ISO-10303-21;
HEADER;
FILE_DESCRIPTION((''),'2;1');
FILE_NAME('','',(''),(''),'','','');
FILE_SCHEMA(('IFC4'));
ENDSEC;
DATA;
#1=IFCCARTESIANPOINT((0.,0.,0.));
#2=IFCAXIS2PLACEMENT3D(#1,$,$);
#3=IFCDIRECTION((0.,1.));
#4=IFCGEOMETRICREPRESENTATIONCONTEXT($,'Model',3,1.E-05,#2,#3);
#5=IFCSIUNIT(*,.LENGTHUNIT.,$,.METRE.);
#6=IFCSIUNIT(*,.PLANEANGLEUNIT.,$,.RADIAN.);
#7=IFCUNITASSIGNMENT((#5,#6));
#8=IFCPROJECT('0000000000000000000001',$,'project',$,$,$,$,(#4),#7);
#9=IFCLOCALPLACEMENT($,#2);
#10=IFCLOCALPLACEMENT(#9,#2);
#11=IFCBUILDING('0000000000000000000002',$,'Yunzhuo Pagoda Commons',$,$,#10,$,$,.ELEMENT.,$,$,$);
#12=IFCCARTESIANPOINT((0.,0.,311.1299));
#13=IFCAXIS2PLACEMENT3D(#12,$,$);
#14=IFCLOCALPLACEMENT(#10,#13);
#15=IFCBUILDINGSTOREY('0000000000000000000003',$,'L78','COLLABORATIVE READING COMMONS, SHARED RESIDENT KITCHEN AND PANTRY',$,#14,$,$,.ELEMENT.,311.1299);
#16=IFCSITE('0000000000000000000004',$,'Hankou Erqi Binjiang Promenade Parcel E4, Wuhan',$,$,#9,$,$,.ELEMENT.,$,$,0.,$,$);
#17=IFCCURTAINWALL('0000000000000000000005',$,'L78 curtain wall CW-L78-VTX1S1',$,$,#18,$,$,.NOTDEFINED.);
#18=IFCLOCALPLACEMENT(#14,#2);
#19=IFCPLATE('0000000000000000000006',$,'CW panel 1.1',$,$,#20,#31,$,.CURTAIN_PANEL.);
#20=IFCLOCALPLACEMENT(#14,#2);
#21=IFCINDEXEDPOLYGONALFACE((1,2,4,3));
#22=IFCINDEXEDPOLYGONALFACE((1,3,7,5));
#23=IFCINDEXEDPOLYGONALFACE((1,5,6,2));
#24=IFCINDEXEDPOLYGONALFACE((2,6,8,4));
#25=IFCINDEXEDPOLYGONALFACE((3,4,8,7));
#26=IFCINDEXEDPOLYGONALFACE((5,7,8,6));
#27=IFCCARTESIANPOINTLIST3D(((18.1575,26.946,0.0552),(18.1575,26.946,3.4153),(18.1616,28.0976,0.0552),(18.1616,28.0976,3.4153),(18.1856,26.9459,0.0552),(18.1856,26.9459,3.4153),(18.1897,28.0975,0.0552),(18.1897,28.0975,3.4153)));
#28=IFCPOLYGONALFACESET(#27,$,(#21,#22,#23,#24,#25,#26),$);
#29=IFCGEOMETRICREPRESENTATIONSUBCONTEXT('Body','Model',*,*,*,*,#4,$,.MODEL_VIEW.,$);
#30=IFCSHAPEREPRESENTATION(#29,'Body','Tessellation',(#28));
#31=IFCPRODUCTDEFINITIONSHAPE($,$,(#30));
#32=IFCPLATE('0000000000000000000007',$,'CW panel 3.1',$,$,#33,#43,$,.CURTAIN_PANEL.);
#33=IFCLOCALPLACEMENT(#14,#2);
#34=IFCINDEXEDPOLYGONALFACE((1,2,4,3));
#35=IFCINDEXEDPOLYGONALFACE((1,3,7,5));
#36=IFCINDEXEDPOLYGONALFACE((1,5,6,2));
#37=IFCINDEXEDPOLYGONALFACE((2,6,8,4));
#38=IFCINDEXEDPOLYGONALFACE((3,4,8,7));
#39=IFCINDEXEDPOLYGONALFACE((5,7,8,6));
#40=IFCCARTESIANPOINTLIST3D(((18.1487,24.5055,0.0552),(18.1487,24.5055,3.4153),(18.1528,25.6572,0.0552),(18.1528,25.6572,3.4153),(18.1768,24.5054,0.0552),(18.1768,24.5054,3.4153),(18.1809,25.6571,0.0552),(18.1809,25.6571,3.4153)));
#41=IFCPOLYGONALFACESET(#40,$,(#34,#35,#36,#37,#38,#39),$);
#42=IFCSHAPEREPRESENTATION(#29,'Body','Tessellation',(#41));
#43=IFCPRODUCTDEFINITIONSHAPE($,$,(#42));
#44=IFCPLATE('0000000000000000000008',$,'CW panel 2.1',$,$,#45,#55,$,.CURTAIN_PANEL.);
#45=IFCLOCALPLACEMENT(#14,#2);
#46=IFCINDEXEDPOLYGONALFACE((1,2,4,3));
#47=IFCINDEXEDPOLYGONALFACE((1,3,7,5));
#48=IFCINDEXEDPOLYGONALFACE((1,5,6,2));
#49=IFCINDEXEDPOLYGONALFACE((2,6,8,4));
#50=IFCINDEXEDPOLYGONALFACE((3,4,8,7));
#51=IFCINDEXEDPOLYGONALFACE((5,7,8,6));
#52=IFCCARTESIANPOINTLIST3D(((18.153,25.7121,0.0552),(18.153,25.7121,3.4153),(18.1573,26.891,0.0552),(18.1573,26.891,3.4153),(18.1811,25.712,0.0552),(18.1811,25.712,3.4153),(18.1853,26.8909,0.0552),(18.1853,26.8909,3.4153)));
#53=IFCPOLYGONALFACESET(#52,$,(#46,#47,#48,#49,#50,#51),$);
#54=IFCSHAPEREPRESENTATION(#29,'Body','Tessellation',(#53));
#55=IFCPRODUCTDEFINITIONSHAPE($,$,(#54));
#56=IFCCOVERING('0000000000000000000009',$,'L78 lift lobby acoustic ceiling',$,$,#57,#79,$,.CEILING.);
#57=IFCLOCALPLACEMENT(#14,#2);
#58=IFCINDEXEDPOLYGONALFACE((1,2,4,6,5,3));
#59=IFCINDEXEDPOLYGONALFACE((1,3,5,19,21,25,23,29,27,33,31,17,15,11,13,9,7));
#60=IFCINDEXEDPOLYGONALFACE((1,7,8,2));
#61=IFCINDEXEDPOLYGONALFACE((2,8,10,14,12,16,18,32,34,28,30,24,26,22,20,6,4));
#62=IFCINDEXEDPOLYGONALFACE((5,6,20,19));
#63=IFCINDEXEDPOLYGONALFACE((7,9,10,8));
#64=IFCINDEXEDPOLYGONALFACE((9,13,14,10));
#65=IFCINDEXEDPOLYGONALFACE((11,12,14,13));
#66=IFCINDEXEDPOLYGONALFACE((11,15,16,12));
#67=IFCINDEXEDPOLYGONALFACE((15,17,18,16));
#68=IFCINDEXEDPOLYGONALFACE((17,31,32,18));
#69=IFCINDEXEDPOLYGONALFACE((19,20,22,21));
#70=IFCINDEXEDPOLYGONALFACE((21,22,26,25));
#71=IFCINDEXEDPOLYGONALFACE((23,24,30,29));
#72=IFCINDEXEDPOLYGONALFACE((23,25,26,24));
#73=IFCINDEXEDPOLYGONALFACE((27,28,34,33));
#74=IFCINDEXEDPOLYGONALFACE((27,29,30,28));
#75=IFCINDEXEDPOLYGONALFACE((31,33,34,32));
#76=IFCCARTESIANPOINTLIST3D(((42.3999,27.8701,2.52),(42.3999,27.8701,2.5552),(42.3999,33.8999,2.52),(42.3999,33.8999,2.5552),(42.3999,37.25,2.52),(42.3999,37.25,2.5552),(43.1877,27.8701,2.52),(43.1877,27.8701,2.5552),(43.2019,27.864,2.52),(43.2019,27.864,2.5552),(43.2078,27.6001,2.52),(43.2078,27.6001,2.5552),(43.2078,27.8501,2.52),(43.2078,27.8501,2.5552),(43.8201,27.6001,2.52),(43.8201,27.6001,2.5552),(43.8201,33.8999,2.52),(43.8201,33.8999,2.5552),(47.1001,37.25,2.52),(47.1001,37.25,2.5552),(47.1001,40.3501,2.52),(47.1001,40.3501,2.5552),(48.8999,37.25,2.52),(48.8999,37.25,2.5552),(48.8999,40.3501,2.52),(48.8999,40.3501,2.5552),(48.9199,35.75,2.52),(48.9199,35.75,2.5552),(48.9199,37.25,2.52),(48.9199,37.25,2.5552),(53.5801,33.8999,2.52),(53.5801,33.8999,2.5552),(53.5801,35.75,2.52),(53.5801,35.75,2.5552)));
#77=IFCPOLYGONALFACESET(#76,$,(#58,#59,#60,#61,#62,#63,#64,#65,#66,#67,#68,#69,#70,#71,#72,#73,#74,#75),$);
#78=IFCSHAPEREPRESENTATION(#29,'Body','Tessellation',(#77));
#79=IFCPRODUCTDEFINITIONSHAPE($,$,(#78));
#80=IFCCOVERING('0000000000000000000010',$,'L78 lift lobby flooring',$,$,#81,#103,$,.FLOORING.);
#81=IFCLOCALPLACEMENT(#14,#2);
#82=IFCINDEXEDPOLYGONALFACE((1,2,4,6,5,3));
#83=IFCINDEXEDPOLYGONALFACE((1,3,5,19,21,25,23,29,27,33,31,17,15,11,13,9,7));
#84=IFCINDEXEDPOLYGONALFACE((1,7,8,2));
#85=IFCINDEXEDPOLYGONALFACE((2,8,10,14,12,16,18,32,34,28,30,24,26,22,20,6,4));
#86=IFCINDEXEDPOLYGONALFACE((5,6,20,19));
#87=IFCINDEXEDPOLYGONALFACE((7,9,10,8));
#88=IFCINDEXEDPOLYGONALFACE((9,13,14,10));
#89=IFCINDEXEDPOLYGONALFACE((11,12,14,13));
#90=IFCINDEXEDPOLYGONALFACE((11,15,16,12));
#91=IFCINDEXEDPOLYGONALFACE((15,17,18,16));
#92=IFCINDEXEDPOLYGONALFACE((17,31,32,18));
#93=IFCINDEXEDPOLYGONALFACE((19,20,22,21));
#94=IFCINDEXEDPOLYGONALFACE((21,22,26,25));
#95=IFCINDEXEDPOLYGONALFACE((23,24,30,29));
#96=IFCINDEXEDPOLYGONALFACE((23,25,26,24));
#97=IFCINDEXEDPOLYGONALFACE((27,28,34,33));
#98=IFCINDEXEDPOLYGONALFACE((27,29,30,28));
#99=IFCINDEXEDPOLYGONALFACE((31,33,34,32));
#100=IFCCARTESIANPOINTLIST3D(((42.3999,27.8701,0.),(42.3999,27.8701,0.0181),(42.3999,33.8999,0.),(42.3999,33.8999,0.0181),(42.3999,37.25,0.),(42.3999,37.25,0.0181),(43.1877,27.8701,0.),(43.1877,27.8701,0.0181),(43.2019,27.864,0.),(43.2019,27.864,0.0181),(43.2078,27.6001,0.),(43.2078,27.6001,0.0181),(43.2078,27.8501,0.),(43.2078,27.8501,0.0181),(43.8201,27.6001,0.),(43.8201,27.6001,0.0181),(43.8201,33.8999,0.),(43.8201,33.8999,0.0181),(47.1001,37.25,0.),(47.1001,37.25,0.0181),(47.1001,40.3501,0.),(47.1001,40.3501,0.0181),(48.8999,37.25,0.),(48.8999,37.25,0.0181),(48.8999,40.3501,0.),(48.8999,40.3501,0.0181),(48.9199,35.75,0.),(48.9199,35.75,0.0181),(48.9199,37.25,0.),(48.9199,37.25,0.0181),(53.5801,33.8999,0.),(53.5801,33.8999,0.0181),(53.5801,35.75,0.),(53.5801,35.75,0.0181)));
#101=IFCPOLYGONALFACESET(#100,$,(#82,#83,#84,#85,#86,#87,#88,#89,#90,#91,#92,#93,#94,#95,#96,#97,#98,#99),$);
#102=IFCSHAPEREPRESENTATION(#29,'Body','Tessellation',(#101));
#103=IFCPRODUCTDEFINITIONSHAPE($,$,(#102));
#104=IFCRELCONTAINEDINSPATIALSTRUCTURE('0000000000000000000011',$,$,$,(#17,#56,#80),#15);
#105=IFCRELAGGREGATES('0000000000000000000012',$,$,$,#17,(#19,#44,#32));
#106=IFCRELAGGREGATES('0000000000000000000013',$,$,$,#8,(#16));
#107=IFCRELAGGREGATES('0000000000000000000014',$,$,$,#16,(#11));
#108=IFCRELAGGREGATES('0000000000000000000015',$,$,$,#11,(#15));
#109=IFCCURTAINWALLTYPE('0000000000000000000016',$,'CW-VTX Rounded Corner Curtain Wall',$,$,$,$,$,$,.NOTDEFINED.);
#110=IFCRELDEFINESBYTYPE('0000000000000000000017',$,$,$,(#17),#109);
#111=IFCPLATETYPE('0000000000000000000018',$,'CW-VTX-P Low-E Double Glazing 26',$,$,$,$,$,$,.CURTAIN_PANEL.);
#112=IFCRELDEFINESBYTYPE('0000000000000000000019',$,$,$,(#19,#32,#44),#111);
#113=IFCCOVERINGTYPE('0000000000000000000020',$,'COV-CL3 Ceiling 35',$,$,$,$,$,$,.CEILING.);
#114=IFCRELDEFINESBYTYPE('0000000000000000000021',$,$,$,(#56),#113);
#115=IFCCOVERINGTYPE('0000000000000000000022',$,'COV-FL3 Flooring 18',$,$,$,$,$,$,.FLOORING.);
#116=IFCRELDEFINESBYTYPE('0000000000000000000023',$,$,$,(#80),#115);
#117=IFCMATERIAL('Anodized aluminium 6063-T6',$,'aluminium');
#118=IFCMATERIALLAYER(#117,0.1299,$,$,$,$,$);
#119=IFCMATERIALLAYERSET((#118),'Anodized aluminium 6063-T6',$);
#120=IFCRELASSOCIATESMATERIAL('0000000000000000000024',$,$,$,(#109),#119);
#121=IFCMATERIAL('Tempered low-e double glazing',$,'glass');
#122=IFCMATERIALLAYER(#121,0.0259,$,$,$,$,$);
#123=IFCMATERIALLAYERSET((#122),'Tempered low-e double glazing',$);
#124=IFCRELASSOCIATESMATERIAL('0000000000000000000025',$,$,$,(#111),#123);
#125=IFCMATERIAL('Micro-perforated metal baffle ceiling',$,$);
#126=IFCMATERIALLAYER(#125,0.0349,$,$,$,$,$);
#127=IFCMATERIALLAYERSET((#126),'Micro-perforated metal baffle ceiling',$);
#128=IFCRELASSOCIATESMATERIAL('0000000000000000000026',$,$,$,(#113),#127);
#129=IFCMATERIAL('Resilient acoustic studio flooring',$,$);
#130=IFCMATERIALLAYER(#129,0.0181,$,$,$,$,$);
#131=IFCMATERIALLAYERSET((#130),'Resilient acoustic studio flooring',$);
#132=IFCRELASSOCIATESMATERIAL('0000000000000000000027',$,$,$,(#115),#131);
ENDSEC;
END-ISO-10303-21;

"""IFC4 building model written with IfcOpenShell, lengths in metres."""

from ifc_helpers import new_model, si_unit, direction, frame, origin, origin_2d, place, context, subcontext, project, spatial, polyline, rectangle, outline, extrude, source, transform, mapped, material, layer, layer_set, type_object, element, aggregate, save


model = new_model("IFC4")

# Units and contexts
model_context = context("Model", 3, precision=1e-05, world=origin(), true_north=direction((0.0, 1.0)))
body_context = subcontext(model_context, "Body", "Model", "MODEL_VIEW")
ifc_project = project(units=[si_unit("LENGTHUNIT", "METRE"), si_unit("PLANEANGLEUNIT", "RADIAN")], contexts=[model_context])

# Site, building, storey
site_placement = place(None, origin())
site = spatial("IfcSite", under=ifc_project, at=site_placement, Name="Hankou Erqi Binjiang Promenade Parcel E4, Wuhan", CompositionType="ELEMENT", RefElevation=0.0)
building_placement = place(site_placement, origin())
building = spatial("IfcBuilding", under=site, at=building_placement, Name="Yunzhuo Pagoda Commons", CompositionType="ELEMENT")
storey_placement = place(building_placement, frame((0.0, 0.0, 311.1299)))
storey = spatial("IfcBuildingStorey", under=building, at=storey_placement, Name="L78", Description="COLLABORATIVE READING COMMONS, SHARED RESIDENT KITCHEN AND PANTRY", CompositionType="ELEMENT", Elevation=311.1299)

# Shared definitions
ifc_material_1 = material(Name="Anodized aluminium 6063-T6", Category="aluminium")

# Curtain wall
ifc_layer_1 = layer(ifc_material_1, 0.1299)
ifc_layer_set_1 = layer_set([ifc_layer_1], Name="Anodized aluminium 6063-T6")
curtain_wall_type_1 = type_object("IfcCurtainWallType", Name="CW-VTX Rounded Corner Curtain Wall", PredefinedType="NOTDEFINED", material=ifc_layer_set_1)
curtain_wall_1_placement = place(storey_placement, origin())
curtain_wall_1 = element("IfcCurtainWall", 1, at=curtain_wall_1_placement, inside=storey, type_object=curtain_wall_type_1, Name="L78 curtain wall CW-L78-VTX1S1", PredefinedType="NOTDEFINED")

# Plates
ifc_material_2 = material(Name="Tempered low-e double glazing", Category="glass")
ifc_layer_2 = layer(ifc_material_2, 0.0259)
ifc_layer_set_2 = layer_set([ifc_layer_2], Name="Tempered low-e double glazing")
plate_type = type_object("IfcPlateType", Name="CW-VTX-P Low-E Double Glazing 26", PredefinedType="CURTAIN_PANEL", material=ifc_layer_set_2)
shared_shape_1 = source(origin(), body_context, "Body", "SweptSolid", [
    extrude(rectangle(XDim=1.1516, YDim=0.0281, at=origin_2d()), origin(), (0.0, 0.0, 1.0), 3.3601),
])
plate_1_placement = place(storey_placement, frame((18.1736, 27.5217, 0.0552), z_axis=(0.0, 0.0, 1.0), x_axis=(-0.003592, -0.999994, 0.0)))
plate_1 = element("IfcPlate", 2, at=plate_1_placement, type_object=plate_type, Name="CW panel 1.1", PredefinedType="CURTAIN_PANEL", context=body_context, shape_type="MappedRepresentation", body=[
    mapped(shared_shape_1, transform((0.0, 0.0, 0.0), scale=1.0)),
])
plate_2_placement = place(storey_placement, frame((18.1648, 25.0813, 0.0552), z_axis=(0.0, 0.0, 1.0), x_axis=(-0.003592, -0.999994, 0.0)))
plate_2 = element("IfcPlate", 3, at=plate_2_placement, type_object=plate_type, Name="CW panel 3.1", PredefinedType="CURTAIN_PANEL", context=body_context, shape_type="MappedRepresentation", body=[
    mapped(shared_shape_1, transform((0.0, 0.0, 0.0), scale=1.0)),
])
shared_shape_2 = source(origin(), body_context, "Body", "SweptSolid", [
    extrude(rectangle(XDim=1.179, YDim=0.0281, at=origin_2d()), origin(), (0.0, 0.0, 1.0), 3.3601),
])
plate_3_placement = place(storey_placement, frame((18.1692, 26.3015, 0.0552), z_axis=(0.0, 0.0, 1.0), x_axis=(-0.003592, -0.999994, 0.0)))
plate_3 = element("IfcPlate", 4, at=plate_3_placement, type_object=plate_type, Name="CW panel 2.1", PredefinedType="CURTAIN_PANEL", context=body_context, shape_type="MappedRepresentation", body=[
    mapped(shared_shape_2, transform((0.0, 0.0, 0.0), scale=1.0)),
])
aggregate(curtain_wall_1, [plate_1, plate_3, plate_2])

# Coverings
ifc_material_3 = material(Name="Micro-perforated metal baffle ceiling")
ifc_layer_3 = layer(ifc_material_3, 0.0349)
ifc_layer_set_3 = layer_set([ifc_layer_3], Name="Micro-perforated metal baffle ceiling")
covering_type_1 = type_object("IfcCoveringType", Name="COV-CL3 Ceiling 35", PredefinedType="CEILING", material=ifc_layer_set_3)
covering_1_placement = place(storey_placement, frame((0.0, 0.0, 2.52)))
element("IfcCovering", 5, at=covering_1_placement, inside=storey, type_object=covering_type_1, Name="L78 lift lobby acoustic ceiling", PredefinedType="CEILING", context=body_context, shape_type="SweptSolid", body=[
    extrude(outline(polyline([(42.3999, 37.25), (47.1001, 37.25), (47.1001, 40.3501), (48.8999, 40.3501), (48.8999, 37.25), (48.9199, 37.25), (48.9199, 35.75), (53.5801, 35.75), (53.5801, 33.8999), (43.8201, 33.8999), (43.8201, 27.6001), (43.2078, 27.6001), (43.2078, 27.8501), (43.2019, 27.864), (43.1877, 27.8701), (42.3999, 27.8701), (42.3999, 33.8999), (42.3999, 37.25)])), origin(), (0.0, 0.0, 1.0), 0.0352),
])
ifc_material_4 = material(Name="Resilient acoustic studio flooring")
ifc_layer_4 = layer(ifc_material_4, 0.0181)
ifc_layer_set_4 = layer_set([ifc_layer_4], Name="Resilient acoustic studio flooring")
covering_type_2 = type_object("IfcCoveringType", Name="COV-FL3 Flooring 18", PredefinedType="FLOORING", material=ifc_layer_set_4)
covering_2_placement = place(storey_placement, origin())
element("IfcCovering", 6, at=covering_2_placement, inside=storey, type_object=covering_type_2, Name="L78 lift lobby flooring", PredefinedType="FLOORING", context=body_context, shape_type="SweptSolid", body=[
    extrude(outline(polyline([(42.3999, 37.25), (47.1001, 37.25), (47.1001, 40.3501), (48.8999, 40.3501), (48.8999, 37.25), (48.9199, 37.25), (48.9199, 35.75), (53.5801, 35.75), (53.5801, 33.8999), (43.8201, 33.8999), (43.8201, 27.6001), (43.2078, 27.6001), (43.2078, 27.8501), (43.2019, 27.864), (43.1877, 27.8701), (42.3999, 27.8701), (42.3999, 33.8999), (42.3999, 37.25)])), origin(), (0.0, 0.0, 1.0), 0.0181),
])

save(model, "model.ifc")
